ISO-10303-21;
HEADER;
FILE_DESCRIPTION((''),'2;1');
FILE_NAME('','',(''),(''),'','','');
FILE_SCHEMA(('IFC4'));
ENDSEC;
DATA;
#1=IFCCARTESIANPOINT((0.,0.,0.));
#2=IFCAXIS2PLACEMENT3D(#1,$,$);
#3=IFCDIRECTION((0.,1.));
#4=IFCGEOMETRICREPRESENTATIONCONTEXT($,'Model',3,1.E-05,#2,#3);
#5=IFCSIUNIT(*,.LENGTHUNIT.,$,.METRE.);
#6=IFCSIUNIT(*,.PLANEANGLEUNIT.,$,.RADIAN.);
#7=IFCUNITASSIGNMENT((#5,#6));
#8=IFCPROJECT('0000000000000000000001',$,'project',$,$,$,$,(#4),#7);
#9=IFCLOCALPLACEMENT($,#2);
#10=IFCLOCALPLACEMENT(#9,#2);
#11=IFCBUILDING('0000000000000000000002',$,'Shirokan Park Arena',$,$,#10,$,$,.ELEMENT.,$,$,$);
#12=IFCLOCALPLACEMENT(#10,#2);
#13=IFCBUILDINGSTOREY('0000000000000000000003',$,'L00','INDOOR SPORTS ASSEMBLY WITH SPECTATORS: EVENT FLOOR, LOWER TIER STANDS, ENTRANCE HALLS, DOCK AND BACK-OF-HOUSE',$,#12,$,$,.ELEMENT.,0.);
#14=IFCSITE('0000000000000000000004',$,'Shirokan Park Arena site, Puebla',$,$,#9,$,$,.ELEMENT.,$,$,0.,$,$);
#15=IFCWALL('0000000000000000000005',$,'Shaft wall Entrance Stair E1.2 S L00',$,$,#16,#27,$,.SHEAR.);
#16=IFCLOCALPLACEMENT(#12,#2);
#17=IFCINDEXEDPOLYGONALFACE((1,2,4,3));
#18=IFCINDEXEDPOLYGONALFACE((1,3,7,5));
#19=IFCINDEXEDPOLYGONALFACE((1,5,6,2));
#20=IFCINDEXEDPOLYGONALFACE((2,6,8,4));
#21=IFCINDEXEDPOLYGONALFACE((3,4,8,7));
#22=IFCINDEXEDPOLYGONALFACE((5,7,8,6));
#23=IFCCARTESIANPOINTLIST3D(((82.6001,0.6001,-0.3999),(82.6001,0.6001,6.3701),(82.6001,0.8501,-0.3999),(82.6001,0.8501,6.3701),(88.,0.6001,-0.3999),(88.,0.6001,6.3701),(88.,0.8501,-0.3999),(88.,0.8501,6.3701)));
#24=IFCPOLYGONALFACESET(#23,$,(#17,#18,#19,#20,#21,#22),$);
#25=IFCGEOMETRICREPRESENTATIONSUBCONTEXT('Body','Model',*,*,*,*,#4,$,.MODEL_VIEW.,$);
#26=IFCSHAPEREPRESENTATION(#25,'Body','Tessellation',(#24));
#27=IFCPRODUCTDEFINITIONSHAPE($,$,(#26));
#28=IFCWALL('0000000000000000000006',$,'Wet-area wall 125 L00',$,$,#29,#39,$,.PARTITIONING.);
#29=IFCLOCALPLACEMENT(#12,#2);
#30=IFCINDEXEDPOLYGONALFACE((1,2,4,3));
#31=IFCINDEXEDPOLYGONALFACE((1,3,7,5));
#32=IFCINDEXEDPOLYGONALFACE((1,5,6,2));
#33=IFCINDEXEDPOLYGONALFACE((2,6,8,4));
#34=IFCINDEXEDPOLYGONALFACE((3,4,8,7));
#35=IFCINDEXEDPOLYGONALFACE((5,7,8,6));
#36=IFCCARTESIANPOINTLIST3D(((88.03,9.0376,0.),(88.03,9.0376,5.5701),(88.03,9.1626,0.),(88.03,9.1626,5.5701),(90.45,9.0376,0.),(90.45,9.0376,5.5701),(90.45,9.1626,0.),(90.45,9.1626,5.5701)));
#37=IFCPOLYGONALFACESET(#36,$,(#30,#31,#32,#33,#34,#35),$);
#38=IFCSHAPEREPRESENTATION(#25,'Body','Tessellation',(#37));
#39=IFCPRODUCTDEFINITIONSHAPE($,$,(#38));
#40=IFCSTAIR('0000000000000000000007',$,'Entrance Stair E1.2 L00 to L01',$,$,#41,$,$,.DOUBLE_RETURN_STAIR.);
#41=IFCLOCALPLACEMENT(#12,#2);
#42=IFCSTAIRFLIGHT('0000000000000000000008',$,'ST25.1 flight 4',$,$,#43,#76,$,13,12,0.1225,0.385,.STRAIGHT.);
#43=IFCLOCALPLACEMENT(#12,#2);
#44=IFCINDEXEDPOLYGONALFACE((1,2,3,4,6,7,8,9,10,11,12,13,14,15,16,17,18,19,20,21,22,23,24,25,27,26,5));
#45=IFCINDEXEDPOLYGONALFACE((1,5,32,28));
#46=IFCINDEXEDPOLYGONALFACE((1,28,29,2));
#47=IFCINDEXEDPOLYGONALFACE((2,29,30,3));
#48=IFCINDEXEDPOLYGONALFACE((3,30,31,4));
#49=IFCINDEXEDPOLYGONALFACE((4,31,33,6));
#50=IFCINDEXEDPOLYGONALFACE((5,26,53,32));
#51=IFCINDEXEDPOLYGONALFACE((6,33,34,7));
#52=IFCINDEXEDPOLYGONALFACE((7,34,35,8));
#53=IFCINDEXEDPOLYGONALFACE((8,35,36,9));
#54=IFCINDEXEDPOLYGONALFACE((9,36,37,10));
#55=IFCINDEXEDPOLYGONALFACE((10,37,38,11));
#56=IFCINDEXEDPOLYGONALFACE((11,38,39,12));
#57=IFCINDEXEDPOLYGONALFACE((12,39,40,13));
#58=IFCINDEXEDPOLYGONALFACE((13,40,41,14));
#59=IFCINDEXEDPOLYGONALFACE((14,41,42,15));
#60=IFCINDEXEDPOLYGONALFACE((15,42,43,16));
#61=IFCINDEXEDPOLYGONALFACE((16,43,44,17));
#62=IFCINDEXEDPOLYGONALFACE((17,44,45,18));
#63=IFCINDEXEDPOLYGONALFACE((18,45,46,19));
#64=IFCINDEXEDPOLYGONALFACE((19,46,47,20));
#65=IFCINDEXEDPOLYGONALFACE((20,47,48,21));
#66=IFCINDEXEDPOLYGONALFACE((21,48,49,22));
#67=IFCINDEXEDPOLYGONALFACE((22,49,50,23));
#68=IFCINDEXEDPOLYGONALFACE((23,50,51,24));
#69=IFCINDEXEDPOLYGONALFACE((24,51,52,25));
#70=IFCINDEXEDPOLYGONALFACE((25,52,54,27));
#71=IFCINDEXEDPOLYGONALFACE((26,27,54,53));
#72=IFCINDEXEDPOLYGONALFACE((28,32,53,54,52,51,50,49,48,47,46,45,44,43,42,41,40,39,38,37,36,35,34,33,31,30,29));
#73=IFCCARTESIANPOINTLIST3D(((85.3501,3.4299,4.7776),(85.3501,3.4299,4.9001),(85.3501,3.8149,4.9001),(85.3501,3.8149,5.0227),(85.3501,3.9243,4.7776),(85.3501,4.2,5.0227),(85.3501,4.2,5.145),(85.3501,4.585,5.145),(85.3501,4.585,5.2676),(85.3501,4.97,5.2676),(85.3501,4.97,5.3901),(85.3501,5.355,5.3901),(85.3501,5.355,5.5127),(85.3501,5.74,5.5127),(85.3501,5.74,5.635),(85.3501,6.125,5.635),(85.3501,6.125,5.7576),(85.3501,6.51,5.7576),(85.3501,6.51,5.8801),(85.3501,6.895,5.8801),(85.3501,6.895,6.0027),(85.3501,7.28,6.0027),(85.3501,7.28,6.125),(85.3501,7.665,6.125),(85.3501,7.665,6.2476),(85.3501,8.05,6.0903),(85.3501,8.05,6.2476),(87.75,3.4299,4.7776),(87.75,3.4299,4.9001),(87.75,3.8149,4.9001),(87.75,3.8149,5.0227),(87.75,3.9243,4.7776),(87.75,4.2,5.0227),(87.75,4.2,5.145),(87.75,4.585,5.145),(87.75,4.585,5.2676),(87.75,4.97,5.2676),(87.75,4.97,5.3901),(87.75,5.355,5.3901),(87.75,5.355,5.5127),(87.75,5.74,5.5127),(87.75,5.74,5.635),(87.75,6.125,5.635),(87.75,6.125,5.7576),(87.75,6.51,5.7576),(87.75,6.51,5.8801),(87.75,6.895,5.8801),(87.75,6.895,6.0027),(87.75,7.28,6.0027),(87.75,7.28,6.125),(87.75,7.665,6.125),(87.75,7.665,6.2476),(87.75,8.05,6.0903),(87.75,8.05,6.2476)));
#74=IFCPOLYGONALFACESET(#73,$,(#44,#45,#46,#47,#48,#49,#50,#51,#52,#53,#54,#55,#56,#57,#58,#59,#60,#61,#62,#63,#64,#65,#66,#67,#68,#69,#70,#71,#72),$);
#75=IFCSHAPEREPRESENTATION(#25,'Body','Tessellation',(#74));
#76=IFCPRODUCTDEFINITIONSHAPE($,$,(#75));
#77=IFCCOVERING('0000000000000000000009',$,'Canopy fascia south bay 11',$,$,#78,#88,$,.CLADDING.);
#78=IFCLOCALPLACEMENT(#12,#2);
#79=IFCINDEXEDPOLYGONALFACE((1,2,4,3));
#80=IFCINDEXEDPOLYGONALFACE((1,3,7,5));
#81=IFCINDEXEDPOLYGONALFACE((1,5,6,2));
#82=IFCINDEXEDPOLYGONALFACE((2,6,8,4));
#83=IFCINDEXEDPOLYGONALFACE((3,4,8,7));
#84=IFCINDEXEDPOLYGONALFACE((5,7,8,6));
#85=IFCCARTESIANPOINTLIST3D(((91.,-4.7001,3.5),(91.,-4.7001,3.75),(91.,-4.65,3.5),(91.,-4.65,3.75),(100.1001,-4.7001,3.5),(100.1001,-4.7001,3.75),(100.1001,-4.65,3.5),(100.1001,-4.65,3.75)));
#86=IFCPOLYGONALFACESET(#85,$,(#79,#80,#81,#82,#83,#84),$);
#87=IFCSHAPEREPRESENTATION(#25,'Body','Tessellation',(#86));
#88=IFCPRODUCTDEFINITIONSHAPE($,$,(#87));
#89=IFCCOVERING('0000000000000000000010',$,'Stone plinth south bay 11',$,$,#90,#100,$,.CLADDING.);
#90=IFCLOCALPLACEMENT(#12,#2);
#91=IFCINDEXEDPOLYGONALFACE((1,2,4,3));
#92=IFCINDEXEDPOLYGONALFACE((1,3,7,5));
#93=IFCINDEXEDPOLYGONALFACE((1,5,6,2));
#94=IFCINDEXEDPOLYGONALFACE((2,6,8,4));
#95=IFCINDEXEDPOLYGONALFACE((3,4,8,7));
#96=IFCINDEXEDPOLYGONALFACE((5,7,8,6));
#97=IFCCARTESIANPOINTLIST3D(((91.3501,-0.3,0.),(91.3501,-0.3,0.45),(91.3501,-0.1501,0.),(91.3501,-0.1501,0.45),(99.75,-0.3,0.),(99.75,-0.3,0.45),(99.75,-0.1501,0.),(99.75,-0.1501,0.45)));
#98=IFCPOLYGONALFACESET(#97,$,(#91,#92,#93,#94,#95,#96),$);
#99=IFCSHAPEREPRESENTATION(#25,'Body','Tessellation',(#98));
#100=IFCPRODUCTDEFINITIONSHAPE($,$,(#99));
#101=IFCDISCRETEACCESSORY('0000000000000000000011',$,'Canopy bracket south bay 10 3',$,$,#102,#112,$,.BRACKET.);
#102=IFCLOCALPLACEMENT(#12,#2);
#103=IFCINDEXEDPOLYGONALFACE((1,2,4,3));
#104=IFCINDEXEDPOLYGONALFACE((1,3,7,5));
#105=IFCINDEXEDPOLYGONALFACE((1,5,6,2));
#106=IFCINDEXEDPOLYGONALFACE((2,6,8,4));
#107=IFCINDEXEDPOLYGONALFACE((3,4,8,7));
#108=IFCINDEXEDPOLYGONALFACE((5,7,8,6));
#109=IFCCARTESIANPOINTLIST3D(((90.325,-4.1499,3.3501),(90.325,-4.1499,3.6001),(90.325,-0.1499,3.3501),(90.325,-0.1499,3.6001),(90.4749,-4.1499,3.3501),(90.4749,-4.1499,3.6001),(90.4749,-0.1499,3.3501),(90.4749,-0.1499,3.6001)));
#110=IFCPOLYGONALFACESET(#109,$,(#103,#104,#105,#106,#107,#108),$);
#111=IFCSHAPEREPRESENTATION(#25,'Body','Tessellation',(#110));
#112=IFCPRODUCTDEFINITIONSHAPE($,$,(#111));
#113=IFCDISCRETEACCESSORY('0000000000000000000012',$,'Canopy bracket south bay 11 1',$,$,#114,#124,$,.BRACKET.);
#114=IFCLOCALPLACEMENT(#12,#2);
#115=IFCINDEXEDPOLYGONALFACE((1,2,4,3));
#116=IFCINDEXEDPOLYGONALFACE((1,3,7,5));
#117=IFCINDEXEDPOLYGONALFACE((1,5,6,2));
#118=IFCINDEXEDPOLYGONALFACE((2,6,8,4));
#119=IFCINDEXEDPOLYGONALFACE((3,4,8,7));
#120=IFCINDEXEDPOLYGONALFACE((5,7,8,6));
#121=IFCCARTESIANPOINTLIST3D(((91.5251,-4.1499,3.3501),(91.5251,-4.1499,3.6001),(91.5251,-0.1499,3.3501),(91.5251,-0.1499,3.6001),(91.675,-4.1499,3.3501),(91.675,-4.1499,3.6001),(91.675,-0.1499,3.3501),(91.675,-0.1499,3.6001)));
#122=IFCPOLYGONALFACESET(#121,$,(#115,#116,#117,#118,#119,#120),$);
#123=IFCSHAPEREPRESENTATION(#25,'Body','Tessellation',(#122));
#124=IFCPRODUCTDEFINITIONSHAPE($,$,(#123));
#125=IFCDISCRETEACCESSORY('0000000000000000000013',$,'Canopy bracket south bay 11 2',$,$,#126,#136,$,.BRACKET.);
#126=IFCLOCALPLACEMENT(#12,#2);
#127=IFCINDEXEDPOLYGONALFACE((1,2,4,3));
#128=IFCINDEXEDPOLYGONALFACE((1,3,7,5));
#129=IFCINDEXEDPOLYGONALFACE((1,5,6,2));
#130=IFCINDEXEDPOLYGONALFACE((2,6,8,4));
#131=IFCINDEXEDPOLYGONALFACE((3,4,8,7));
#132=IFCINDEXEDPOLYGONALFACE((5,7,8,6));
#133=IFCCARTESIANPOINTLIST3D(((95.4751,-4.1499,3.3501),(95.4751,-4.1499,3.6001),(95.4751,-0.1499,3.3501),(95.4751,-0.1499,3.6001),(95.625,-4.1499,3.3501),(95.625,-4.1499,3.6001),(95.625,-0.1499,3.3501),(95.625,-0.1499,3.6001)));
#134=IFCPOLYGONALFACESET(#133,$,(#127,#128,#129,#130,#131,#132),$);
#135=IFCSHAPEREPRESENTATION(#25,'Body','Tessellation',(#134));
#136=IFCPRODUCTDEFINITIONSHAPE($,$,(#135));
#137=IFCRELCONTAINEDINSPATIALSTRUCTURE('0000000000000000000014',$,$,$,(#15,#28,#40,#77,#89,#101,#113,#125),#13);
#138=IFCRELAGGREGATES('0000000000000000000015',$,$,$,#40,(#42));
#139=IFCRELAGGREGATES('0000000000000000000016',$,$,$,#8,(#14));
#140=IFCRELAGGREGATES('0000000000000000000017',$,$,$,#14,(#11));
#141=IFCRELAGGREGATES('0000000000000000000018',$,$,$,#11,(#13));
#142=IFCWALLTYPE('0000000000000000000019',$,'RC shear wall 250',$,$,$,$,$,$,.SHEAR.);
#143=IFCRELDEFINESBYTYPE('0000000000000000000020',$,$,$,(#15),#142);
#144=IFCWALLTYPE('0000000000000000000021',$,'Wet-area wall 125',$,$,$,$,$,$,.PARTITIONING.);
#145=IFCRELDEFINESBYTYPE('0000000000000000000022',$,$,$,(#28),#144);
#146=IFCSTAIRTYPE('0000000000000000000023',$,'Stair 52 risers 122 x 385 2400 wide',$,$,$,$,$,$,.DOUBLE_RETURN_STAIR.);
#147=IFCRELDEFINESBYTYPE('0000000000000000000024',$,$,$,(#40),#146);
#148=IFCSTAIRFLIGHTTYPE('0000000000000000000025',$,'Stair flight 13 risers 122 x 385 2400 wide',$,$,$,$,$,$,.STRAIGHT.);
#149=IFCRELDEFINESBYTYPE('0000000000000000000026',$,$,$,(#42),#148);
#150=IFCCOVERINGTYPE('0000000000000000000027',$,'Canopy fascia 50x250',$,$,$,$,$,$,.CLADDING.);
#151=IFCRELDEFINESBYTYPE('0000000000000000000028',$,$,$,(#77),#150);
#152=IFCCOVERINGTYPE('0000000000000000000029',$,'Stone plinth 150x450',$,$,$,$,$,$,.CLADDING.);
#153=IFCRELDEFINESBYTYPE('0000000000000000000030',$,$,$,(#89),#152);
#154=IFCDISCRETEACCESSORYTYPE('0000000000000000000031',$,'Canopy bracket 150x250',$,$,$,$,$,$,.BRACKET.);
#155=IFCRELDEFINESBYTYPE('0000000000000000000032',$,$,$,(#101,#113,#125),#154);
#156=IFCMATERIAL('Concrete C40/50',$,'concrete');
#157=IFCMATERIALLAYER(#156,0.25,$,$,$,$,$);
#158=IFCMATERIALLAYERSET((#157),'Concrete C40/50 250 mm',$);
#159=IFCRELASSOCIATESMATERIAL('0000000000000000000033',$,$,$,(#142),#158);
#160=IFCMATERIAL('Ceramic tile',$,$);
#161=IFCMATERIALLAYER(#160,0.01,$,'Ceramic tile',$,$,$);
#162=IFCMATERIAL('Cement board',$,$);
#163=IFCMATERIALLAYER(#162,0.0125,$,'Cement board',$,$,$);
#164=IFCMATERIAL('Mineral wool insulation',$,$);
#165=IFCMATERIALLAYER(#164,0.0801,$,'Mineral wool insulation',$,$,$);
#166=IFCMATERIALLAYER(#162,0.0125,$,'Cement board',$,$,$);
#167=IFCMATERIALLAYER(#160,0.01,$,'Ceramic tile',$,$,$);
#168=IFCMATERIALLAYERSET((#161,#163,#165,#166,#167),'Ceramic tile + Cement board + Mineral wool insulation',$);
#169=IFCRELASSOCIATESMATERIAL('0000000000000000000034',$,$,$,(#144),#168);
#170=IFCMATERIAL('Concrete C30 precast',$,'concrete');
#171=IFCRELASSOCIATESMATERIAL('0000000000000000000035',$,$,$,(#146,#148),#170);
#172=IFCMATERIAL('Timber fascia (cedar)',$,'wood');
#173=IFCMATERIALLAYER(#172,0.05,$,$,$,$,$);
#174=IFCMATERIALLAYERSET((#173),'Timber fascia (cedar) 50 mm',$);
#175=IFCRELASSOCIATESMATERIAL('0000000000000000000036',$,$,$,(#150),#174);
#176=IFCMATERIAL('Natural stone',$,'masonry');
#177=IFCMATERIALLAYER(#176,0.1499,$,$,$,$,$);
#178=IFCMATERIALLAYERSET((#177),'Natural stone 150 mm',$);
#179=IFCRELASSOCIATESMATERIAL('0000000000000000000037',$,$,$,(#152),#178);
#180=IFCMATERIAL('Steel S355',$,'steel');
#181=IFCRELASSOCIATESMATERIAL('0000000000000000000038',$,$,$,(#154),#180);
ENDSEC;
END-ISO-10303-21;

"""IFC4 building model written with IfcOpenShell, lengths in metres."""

from ifc_helpers import new_model, si_unit, direction, frame, frame_2d, origin, origin_2d, place, context, subcontext, project, spatial, polyline, rectangle, outline, extrude, material, layer, layer_set, type_object, element, aggregate, save


model = new_model("IFC4")

# Units and contexts
model_context = context("Model", 3, precision=1e-05, world=origin(), true_north=direction((0.0, 1.0)))
body_context = subcontext(model_context, "Body", "Model", "MODEL_VIEW")
ifc_project = project(units=[si_unit("LENGTHUNIT", "METRE"), si_unit("PLANEANGLEUNIT", "RADIAN")], contexts=[model_context])

# Site, building, storey
site_placement = place(None, origin())
site = spatial("IfcSite", under=ifc_project, at=site_placement, Name="Shirokan Park Arena site, Puebla", CompositionType="ELEMENT", RefElevation=0.0)
building_placement = place(site_placement, origin())
building = spatial("IfcBuilding", under=site, at=building_placement, Name="Shirokan Park Arena", CompositionType="ELEMENT")
storey_placement = place(building_placement, origin())
storey = spatial("IfcBuildingStorey", under=building, at=storey_placement, Name="L00", Description="INDOOR SPORTS ASSEMBLY WITH SPECTATORS: EVENT FLOOR, LOWER TIER STANDS, ENTRANCE HALLS, DOCK AND BACK-OF-HOUSE", CompositionType="ELEMENT", Elevation=0.0)

# Shared definitions
ifc_material_1 = material(Name="Steel S355", Category="steel")

# Walls
ifc_material_2 = material(Name="Mineral wool insulation")
ifc_material_3 = material(Name="Concrete C40/50", Category="concrete")
ifc_layer_1 = layer(ifc_material_3, 0.25)
ifc_layer_set_1 = layer_set([ifc_layer_1], Name="Concrete C40/50 250 mm")
wall_type_1 = type_object("IfcWallType", Name="RC shear wall 250", PredefinedType="SHEAR", material=ifc_layer_set_1)
wall_1_placement = place(storey_placement, frame((88.0, 0.7251, -0.3999), z_axis=(0.0, 0.0, 1.0), x_axis=(-1.0, 0.0, 0.0)))
element("IfcWall", 1, at=wall_1_placement, inside=storey, type_object=wall_type_1, Name="Shaft wall Entrance Stair E1.2 S L00", PredefinedType="SHEAR", context=body_context, shape_type="SweptSolid", body=[
    extrude(rectangle(XDim=5.3999, YDim=0.25, at=frame_2d((2.7, 0.0))), origin(), (0.0, 0.0, 1.0), 6.77),
])
ifc_material_4 = material(Name="Ceramic tile")
ifc_layer_2 = layer(ifc_material_4, 0.01, Name="Ceramic tile")
ifc_material_5 = material(Name="Cement board")
ifc_layer_3 = layer(ifc_material_5, 0.0125, Name="Cement board")
ifc_layer_4 = layer(ifc_material_2, 0.0801, Name="Mineral wool insulation")
ifc_layer_5 = layer(ifc_material_5, 0.0125, Name="Cement board")
ifc_layer_6 = layer(ifc_material_4, 0.01, Name="Ceramic tile")
ifc_layer_set_2 = layer_set([ifc_layer_2, ifc_layer_3, ifc_layer_4, ifc_layer_5, ifc_layer_6], Name="Ceramic tile + Cement board + Mineral wool insulation")
wall_type_2 = type_object("IfcWallType", Name="Wet-area wall 125", PredefinedType="PARTITIONING", material=ifc_layer_set_2)
wall_2_placement = place(storey_placement, frame((90.45, 9.1001, 0.0), z_axis=(0.0, 0.0, 1.0), x_axis=(-1.0, 0.0, 0.0)))
element("IfcWall", 2, at=wall_2_placement, inside=storey, type_object=wall_type_2, Name="Wet-area wall 125 L00", PredefinedType="PARTITIONING", context=body_context, shape_type="SweptSolid", body=[
    extrude(rectangle(XDim=2.4199, YDim=0.125, at=frame_2d((1.21, 0.0))), origin(), (0.0, 0.0, 1.0), 5.5701),
])

# Stair, stair flight
ifc_material_6 = material(Name="Concrete C30 precast", Category="concrete")
stair_type = type_object("IfcStairType", Name="Stair 52 risers 122 x 385 2400 wide", PredefinedType="DOUBLE_RETURN_STAIR", material=ifc_material_6)
stair_placement = place(storey_placement, origin())
stair = element("IfcStair", 3, at=stair_placement, inside=storey, type_object=stair_type, Name="Entrance Stair E1.2 L00 to L01", PredefinedType="DOUBLE_RETURN_STAIR")
stair_flight_type = type_object("IfcStairFlightType", Name="Stair flight 13 risers 122 x 385 2400 wide", PredefinedType="STRAIGHT", material=ifc_material_6)
stair_flight_placement = place(storey_placement, frame((86.55, 3.4299, 4.7776), z_axis=(0.0, 0.0, 1.0), x_axis=(0.0, 1.0, 0.0)))
stair_flight = element("IfcStairFlight", 4, at=stair_flight_placement, type_object=stair_flight_type, Name="ST25.1 flight 4", NumberOfRisers=13, NumberOfTreads=12, PredefinedType="STRAIGHT", RiserHeight=0.1225, TreadLength=0.385, context=body_context, shape_type="SweptSolid", body=[
    extrude(outline(polyline([(0.0, 0.0), (0.0, 0.1226), (0.385, 0.1226), (0.385, 0.2451), (0.77, 0.2451), (0.77, 0.3674), (1.155, 0.3674), (1.155, 0.49), (1.54, 0.49), (1.54, 0.6125), (1.925, 0.6125), (1.925, 0.7351), (2.3101, 0.7351), (2.3101, 0.8574), (2.6951, 0.8574), (2.6951, 0.98), (3.0801, 0.98), (3.0801, 1.1025), (3.4651, 1.1025), (3.4651, 1.2251), (3.8501, 1.2251), (3.8501, 1.3474), (4.2351, 1.3474), (4.2351, 1.47), (4.6201, 1.47), (4.6201, 1.5925), (4.6201, 1.3127), (0.4944, 0.0), (0.0, 0.0)])), frame((0.0, 1.2, 0.0), z_axis=(0.0, -1.0, 0.0), x_axis=(1.0, 0.0, 0.0)), (0.0, 0.0, 1.0), 2.3999),
])
aggregate(stair, [stair_flight])

# Covering
ifc_material_7 = material(Name="Timber fascia (cedar)", Category="wood")
ifc_layer_7 = layer(ifc_material_7, 0.05)
ifc_layer_set_3 = layer_set([ifc_layer_7], Name="Timber fascia (cedar) 50 mm")
covering_type_1 = type_object("IfcCoveringType", Name="Canopy fascia 50x250", PredefinedType="CLADDING", material=ifc_layer_set_3)
covering_1_placement = place(storey_placement, frame((95.55, -4.675, 3.5), z_axis=(0.0, 0.0, 1.0), x_axis=(1.0, 0.0, 0.0)))
element("IfcCovering", 5, at=covering_1_placement, inside=storey, type_object=covering_type_1, Name="Canopy fascia south bay 11", PredefinedType="CLADDING", context=body_context, shape_type="SweptSolid", body=[
    extrude(rectangle(XDim=9.1001, YDim=0.05, at=origin_2d()), origin(), (0.0, 0.0, 1.0), 0.25),
])

# Covering
ifc_material_8 = material(Name="Natural stone", Category="masonry")
ifc_layer_8 = layer(ifc_material_8, 0.1499)
ifc_layer_set_4 = layer_set([ifc_layer_8], Name="Natural stone 150 mm")
covering_type_2 = type_object("IfcCoveringType", Name="Stone plinth 150x450", PredefinedType="CLADDING", material=ifc_layer_set_4)
covering_2_placement = place(storey_placement, frame((95.55, -0.2251, 0.0), z_axis=(0.0, 0.0, 1.0), x_axis=(1.0, 0.0, 0.0)))
element("IfcCovering", 6, at=covering_2_placement, inside=storey, type_object=covering_type_2, Name="Stone plinth south bay 11", PredefinedType="CLADDING", context=body_context, shape_type="SweptSolid", body=[
    extrude(rectangle(XDim=8.3999, YDim=0.1499, at=origin_2d()), origin(), (0.0, 0.0, 1.0), 0.45),
])

# Discrete accessories
discrete_accessory_type = type_object("IfcDiscreteAccessoryType", Name="Canopy bracket 150x250", PredefinedType="BRACKET", material=ifc_material_1)
for number, where, z_axis, x_axis, name in (
    (7, (90.3999, -2.1499, 3.3501), (0.0, 0.0, 1.0), (1.0, 0.0, 0.0), "Canopy bracket south bay 10 3"),
    (8, (91.6001, -2.1499, 3.3501), (0.0, 0.0, 1.0), (1.0, 0.0, 0.0), "Canopy bracket south bay 11 1"),
    (9, (95.55, -2.1499, 3.3501), (0.0, 0.0, 1.0), (1.0, 0.0, 0.0), "Canopy bracket south bay 11 2"),
):
    element("IfcDiscreteAccessory", number, at=place(storey_placement, frame(where, z_axis=z_axis, x_axis=x_axis)), inside=storey, type_object=discrete_accessory_type, Name=name, PredefinedType="BRACKET", context=body_context, shape_type="SweptSolid", body=[
        extrude(rectangle(XDim=0.1499, YDim=4.0, at=origin_2d()), origin(), (0.0, 0.0, 1.0), 0.25),
    ])

save(model, "model.ifc")
